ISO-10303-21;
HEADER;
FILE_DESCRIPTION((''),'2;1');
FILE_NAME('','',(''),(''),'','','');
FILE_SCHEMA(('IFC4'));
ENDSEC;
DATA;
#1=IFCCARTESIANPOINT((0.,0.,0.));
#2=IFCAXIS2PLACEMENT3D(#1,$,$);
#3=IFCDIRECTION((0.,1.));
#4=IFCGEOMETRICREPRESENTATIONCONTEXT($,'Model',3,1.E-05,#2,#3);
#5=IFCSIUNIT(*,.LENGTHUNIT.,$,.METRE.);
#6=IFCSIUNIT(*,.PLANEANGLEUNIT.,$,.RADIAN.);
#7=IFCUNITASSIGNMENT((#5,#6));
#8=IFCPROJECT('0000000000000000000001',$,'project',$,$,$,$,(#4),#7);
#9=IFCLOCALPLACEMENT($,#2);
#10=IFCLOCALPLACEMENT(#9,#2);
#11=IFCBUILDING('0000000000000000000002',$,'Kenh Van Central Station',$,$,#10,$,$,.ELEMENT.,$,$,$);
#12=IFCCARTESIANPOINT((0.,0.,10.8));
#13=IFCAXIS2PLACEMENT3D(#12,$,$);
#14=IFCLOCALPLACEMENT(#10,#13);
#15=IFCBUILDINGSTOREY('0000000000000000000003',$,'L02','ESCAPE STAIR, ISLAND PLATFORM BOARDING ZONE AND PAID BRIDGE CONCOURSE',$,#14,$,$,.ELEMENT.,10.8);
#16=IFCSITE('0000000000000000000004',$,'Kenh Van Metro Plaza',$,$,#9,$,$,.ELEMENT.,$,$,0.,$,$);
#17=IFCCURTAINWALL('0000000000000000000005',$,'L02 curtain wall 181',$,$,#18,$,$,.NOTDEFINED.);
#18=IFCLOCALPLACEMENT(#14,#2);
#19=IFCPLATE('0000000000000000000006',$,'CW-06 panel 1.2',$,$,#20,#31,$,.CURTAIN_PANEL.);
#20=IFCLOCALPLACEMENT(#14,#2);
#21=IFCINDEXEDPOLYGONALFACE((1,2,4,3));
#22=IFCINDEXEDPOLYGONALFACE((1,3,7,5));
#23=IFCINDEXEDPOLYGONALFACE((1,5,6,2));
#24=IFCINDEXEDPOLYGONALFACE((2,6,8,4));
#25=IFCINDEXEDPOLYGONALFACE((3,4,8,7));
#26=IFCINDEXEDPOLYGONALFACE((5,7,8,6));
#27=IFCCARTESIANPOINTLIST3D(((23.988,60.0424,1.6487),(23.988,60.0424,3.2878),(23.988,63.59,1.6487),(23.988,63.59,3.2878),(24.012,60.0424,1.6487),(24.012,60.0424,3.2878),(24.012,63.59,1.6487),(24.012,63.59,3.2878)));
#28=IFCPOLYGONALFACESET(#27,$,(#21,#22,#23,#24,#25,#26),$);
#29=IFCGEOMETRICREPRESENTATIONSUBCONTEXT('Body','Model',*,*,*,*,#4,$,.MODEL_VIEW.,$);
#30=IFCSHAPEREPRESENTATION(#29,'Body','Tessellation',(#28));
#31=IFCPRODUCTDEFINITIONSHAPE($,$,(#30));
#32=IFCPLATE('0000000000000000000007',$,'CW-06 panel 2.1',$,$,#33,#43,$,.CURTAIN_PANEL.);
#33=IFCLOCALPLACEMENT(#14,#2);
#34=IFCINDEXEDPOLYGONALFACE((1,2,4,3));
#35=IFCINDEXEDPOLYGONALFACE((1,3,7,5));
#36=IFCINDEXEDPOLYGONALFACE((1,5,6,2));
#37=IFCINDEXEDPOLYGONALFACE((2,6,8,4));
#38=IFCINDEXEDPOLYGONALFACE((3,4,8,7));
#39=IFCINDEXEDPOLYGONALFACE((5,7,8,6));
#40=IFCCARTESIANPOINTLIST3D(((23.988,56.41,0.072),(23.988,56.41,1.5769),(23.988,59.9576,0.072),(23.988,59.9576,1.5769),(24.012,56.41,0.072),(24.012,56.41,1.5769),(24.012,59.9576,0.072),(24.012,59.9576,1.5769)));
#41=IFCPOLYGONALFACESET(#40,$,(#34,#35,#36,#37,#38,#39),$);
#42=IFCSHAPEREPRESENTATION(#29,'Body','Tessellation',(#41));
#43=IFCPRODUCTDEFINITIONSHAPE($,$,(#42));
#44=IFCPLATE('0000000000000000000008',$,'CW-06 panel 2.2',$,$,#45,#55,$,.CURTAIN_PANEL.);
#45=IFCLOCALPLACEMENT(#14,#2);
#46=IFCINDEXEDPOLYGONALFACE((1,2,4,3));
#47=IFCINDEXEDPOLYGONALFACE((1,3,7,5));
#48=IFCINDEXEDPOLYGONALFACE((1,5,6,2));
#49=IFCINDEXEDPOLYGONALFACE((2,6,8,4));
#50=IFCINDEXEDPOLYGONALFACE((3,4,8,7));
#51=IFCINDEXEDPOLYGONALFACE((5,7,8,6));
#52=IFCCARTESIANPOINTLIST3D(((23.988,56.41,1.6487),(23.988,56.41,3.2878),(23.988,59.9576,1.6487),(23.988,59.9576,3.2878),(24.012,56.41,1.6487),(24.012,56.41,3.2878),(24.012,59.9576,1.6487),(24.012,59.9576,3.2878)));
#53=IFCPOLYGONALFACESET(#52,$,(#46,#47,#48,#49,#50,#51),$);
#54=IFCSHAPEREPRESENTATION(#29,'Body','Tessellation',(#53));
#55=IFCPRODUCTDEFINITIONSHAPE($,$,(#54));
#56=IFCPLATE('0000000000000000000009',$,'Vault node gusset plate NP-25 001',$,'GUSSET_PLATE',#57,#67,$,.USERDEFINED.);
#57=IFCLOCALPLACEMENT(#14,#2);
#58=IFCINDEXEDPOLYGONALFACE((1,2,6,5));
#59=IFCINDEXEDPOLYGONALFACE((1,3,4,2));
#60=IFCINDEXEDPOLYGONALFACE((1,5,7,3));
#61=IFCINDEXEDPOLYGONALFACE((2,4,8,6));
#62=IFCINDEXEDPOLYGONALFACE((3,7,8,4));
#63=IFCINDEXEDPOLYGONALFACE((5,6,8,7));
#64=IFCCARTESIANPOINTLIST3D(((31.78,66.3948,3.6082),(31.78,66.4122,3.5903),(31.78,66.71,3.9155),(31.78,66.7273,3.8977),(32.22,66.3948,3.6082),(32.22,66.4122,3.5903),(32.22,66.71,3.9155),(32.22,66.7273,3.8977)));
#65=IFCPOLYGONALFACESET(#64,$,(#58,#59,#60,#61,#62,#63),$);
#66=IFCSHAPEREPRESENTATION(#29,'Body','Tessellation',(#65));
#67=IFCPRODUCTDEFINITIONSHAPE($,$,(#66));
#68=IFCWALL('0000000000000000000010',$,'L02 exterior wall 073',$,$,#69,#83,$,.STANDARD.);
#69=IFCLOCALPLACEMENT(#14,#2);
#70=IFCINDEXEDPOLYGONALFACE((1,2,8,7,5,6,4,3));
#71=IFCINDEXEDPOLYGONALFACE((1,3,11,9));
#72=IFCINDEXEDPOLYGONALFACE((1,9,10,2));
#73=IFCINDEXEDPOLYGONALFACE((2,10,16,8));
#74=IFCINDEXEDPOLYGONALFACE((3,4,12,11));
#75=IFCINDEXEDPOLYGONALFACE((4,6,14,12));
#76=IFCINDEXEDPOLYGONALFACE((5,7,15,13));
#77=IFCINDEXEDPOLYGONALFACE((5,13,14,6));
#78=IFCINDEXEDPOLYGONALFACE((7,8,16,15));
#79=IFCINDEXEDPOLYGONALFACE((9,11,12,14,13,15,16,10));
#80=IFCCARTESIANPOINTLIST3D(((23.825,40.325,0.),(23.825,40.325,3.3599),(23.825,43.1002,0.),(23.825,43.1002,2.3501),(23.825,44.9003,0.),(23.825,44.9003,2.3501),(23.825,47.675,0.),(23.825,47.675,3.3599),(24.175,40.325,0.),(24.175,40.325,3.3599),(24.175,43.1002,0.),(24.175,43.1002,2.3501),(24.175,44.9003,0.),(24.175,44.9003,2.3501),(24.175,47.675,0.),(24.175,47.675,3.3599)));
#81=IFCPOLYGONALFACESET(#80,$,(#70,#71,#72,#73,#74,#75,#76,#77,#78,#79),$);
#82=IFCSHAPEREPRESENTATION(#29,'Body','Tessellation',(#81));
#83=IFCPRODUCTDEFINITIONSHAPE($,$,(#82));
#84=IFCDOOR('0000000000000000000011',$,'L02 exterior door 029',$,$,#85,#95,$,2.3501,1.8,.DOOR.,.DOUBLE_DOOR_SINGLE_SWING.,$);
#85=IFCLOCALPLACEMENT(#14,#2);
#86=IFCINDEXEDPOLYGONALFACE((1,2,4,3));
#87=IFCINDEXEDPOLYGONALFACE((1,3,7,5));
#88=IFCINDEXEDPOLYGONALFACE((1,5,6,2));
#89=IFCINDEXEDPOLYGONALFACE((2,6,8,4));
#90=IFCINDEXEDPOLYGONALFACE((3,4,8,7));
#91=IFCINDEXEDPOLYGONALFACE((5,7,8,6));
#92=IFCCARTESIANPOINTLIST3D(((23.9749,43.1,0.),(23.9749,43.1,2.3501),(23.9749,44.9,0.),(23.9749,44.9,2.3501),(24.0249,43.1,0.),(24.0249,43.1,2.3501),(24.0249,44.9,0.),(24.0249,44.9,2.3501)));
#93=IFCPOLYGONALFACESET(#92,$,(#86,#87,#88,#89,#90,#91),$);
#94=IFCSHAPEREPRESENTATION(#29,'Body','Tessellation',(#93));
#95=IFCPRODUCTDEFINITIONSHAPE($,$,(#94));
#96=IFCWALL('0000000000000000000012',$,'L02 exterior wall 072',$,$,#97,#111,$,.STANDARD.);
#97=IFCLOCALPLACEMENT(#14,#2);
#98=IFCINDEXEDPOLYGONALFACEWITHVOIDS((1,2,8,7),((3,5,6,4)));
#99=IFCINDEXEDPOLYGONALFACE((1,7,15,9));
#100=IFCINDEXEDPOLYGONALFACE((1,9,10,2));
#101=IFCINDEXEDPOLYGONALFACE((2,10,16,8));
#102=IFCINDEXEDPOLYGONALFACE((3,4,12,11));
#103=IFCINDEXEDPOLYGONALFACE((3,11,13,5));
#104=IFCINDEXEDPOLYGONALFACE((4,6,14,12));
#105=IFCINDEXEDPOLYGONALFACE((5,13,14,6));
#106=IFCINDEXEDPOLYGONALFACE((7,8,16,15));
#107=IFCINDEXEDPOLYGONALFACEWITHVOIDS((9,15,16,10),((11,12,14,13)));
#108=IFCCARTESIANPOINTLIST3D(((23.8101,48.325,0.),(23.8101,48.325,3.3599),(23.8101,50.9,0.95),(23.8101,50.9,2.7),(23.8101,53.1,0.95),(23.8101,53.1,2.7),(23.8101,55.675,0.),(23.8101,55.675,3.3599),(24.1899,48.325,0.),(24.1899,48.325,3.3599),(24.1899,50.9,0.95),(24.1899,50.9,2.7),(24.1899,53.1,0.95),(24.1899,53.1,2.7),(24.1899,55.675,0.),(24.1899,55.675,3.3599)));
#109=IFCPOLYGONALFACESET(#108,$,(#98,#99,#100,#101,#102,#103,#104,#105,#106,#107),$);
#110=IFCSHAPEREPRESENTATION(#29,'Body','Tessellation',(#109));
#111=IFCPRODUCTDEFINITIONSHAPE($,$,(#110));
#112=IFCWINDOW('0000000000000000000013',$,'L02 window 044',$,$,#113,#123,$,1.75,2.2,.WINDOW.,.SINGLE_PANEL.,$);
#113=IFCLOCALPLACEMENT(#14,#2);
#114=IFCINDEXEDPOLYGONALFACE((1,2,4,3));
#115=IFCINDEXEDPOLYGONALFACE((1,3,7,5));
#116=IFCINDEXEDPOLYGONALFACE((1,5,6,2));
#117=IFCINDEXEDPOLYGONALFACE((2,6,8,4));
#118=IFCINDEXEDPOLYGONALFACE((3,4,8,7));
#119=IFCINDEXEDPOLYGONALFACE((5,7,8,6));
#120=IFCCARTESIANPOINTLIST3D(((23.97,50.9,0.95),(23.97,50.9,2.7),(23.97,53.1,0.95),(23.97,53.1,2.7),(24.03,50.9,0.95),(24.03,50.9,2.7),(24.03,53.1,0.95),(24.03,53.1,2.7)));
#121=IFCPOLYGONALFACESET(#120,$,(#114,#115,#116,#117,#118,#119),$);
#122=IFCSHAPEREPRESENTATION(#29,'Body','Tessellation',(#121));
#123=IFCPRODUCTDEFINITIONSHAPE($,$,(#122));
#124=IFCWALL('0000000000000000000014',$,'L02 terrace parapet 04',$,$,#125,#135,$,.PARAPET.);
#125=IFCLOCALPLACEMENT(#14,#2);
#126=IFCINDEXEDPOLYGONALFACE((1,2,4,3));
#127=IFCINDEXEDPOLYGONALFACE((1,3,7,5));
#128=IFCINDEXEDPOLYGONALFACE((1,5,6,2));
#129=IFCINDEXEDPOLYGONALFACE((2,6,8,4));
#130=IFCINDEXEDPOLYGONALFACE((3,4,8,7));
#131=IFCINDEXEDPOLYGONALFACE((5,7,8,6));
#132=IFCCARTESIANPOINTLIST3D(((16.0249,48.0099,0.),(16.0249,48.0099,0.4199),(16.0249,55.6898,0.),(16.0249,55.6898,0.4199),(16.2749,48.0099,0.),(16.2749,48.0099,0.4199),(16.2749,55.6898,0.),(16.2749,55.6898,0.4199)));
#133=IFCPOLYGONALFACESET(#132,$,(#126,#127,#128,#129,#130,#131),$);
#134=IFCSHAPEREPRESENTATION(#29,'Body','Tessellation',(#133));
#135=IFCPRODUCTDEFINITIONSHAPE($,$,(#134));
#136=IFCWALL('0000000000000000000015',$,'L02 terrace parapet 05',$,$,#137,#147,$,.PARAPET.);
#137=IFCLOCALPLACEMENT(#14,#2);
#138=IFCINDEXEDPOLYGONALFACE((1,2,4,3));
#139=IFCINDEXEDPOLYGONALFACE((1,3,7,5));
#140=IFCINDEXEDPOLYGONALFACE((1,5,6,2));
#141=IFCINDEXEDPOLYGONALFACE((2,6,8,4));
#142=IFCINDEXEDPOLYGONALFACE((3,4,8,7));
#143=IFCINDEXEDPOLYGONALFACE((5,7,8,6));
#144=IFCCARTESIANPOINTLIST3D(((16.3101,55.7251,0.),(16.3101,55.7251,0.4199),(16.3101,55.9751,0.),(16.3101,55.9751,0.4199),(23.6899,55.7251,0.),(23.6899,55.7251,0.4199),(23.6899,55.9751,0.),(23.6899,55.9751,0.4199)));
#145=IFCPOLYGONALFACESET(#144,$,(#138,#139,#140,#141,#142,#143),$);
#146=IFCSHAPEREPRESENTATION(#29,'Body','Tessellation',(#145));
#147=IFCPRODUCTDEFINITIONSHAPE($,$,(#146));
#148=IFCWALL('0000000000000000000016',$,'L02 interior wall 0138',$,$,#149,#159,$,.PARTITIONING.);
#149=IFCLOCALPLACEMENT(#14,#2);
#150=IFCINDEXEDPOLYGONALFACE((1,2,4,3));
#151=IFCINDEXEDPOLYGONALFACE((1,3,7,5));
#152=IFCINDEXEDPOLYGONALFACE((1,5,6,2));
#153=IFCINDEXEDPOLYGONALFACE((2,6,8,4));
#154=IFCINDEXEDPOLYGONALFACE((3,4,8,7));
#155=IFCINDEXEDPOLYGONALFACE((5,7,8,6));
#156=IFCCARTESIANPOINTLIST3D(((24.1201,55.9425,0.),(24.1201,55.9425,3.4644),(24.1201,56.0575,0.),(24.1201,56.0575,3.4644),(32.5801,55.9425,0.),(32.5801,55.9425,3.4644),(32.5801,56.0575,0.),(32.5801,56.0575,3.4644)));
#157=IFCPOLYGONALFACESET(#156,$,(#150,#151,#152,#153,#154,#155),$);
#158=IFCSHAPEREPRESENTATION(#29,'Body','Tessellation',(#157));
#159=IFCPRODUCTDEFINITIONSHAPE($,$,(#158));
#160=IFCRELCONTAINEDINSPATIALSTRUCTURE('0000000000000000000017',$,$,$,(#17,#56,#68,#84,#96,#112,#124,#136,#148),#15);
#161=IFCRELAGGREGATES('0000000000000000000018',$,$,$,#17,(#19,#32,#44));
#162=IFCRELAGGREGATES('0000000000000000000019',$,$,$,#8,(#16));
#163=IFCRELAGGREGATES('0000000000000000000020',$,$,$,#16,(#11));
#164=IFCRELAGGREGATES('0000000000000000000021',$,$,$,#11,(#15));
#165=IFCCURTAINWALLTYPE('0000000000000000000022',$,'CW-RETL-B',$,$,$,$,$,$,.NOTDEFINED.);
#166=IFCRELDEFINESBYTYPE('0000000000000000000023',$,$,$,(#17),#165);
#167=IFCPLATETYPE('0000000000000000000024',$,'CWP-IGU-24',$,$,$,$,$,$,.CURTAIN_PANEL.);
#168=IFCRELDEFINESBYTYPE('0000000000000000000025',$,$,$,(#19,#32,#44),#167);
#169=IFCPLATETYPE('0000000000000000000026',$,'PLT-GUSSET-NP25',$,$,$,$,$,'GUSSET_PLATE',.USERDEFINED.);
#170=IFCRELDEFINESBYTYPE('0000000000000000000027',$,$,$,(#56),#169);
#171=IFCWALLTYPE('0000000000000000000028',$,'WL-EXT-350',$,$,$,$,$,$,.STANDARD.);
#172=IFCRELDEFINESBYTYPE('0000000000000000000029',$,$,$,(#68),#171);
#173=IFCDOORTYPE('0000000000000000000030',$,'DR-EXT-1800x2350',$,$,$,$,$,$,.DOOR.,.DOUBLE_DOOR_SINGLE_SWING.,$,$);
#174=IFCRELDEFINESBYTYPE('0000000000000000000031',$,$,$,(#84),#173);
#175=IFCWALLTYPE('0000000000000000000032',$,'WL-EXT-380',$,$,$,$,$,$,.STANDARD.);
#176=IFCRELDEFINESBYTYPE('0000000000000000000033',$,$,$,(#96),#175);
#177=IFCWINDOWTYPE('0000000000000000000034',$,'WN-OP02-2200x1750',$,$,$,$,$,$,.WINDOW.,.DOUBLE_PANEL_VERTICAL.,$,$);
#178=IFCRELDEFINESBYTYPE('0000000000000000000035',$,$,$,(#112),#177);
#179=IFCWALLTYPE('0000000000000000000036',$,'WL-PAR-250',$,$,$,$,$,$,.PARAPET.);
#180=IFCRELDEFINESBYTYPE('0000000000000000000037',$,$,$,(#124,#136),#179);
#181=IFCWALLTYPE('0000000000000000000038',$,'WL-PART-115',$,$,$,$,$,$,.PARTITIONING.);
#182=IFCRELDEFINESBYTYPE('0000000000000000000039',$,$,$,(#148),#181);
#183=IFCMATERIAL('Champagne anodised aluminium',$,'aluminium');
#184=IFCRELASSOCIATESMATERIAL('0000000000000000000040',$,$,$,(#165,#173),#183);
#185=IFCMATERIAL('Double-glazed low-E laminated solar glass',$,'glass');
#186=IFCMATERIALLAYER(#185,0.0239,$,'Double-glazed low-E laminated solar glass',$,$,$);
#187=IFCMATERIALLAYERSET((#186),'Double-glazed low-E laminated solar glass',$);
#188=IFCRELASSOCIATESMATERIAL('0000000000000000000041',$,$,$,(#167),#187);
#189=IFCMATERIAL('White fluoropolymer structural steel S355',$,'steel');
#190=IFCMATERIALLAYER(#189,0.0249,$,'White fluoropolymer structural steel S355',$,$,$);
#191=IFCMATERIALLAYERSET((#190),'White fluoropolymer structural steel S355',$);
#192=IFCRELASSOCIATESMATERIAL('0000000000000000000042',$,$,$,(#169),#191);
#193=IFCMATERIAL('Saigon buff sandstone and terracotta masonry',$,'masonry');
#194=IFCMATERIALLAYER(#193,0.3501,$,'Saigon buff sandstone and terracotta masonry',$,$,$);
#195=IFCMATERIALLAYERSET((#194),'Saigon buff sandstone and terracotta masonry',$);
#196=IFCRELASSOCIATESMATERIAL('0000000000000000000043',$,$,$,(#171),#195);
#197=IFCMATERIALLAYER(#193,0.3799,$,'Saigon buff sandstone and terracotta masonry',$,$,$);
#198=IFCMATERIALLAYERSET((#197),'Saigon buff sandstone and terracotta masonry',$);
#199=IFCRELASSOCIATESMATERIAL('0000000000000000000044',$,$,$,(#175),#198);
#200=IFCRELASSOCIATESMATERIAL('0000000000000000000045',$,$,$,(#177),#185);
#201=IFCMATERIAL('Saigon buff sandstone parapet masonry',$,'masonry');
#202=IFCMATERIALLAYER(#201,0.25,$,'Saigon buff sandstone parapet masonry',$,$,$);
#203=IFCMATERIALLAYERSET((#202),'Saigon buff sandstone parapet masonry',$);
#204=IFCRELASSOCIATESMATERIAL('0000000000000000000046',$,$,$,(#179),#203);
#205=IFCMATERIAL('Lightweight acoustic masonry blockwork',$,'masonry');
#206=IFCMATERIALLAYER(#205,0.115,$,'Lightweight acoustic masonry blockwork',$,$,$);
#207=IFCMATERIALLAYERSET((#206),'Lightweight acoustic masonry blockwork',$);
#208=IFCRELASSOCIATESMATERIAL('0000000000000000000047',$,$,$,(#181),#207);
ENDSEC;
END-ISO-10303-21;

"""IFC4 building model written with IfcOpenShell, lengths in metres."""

from ifc_helpers import new_model, si_unit, direction, frame, frame_2d, origin, origin_2d, place, context, subcontext, project, spatial, polyline, rectangle, outline, extrude, material, layer, layer_set, type_object, element, fill, aggregate, save


model = new_model("IFC4")

# Units and contexts
model_context = context("Model", 3, precision=1e-05, world=origin(), true_north=direction((0.0, 1.0)))
body_context = subcontext(model_context, "Body", "Model", "MODEL_VIEW")
ifc_project = project(units=[si_unit("LENGTHUNIT", "METRE"), si_unit("PLANEANGLEUNIT", "RADIAN")], contexts=[model_context])

# Site, building, storey
site_placement = place(None, origin())
site = spatial("IfcSite", under=ifc_project, at=site_placement, Name="Kenh Van Metro Plaza", CompositionType="ELEMENT", RefElevation=0.0)
building_placement = place(site_placement, origin())
building = spatial("IfcBuilding", under=site, at=building_placement, Name="Kenh Van Central Station", CompositionType="ELEMENT")
storey_placement = place(building_placement, frame((0.0, 0.0, 10.8)))
storey = spatial("IfcBuildingStorey", under=building, at=storey_placement, Name="L02", Description="ESCAPE STAIR, ISLAND PLATFORM BOARDING ZONE AND PAID BRIDGE CONCOURSE", CompositionType="ELEMENT", Elevation=10.8)

# Curtain wall
ifc_material_1 = material(Name="Champagne anodised aluminium", Category="aluminium")
curtain_wall_type = type_object("IfcCurtainWallType", Name="CW-RETL-B", PredefinedType="NOTDEFINED", material=ifc_material_1)
curtain_wall_placement = place(storey_placement, origin())
curtain_wall = element("IfcCurtainWall", 1, at=curtain_wall_placement, inside=storey, type_object=curtain_wall_type, Name="L02 curtain wall 181", PredefinedType="NOTDEFINED")

# Plates
ifc_material_2 = material(Name="Double-glazed low-E laminated solar glass", Category="glass")
ifc_layer_1 = layer(ifc_material_2, 0.0239, Name="Double-glazed low-E laminated solar glass")
ifc_layer_set_1 = layer_set([ifc_layer_1], Name="Double-glazed low-E laminated solar glass")
plate_type_1 = type_object("IfcPlateType", Name="CWP-IGU-24", PredefinedType="CURTAIN_PANEL", material=ifc_layer_set_1)
plate_1_placement = place(storey_placement, frame((24.0, 61.8162, 1.6487), z_axis=(0.0, 0.0, 1.0), x_axis=(0.0, -1.0, 0.0)))
plate_1 = element("IfcPlate", 2, at=plate_1_placement, type_object=plate_type_1, Name="CW-06 panel 1.2", PredefinedType="CURTAIN_PANEL", context=body_context, shape_type="SweptSolid", body=[
    extrude(rectangle(XDim=3.5476, YDim=0.0239, at=origin_2d()), origin(), (0.0, 0.0, 1.0), 1.6392),
])
plate_2_placement = place(storey_placement, frame((24.0, 58.1838, 0.072), z_axis=(0.0, 0.0, 1.0), x_axis=(0.0, -1.0, 0.0)))
plate_2 = element("IfcPlate", 3, at=plate_2_placement, type_object=plate_type_1, Name="CW-06 panel 2.1", PredefinedType="CURTAIN_PANEL", context=body_context, shape_type="SweptSolid", body=[
    extrude(rectangle(XDim=3.5476, YDim=0.0239, at=origin_2d()), origin(), (0.0, 0.0, 1.0), 1.5049),
])
plate_3_placement = place(storey_placement, frame((24.0, 58.1838, 1.6487), z_axis=(0.0, 0.0, 1.0), x_axis=(0.0, -1.0, 0.0)))
plate_3 = element("IfcPlate", 4, at=plate_3_placement, type_object=plate_type_1, Name="CW-06 panel 2.2", PredefinedType="CURTAIN_PANEL", context=body_context, shape_type="SweptSolid", body=[
    extrude(rectangle(XDim=3.5476, YDim=0.0239, at=origin_2d()), origin(), (0.0, 0.0, 1.0), 1.6392),
])
aggregate(curtain_wall, [plate_1, plate_2, plate_3])
ifc_material_3 = material(Name="White fluoropolymer structural steel S355", Category="steel")
ifc_layer_2 = layer(ifc_material_3, 0.0249, Name="White fluoropolymer structural steel S355")
ifc_layer_set_2 = layer_set([ifc_layer_2], Name="White fluoropolymer structural steel S355")
plate_type_2 = type_object("IfcPlateType", Name="PLT-GUSSET-NP25", ElementType="GUSSET_PLATE", PredefinedType="USERDEFINED", material=ifc_layer_set_2)
plate_4_placement = place(storey_placement, frame((31.78, 66.3948, 3.6082), z_axis=(0.0, -0.698178, 0.715924), x_axis=(1.0, 0.0, 0.0)))
element("IfcPlate", 5, at=plate_4_placement, inside=storey, type_object=plate_type_2, Name="Vault node gusset plate NP-25 001", ObjectType="GUSSET_PLATE", PredefinedType="USERDEFINED", context=body_context, shape_type="SweptSolid", body=[
    extrude(outline(polyline([(0.0, 0.0), (0.4399, 0.0), (0.4399, 0.4403), (0.0, 0.4403), (0.0, 0.0)])), origin(), (0.0, 0.0, -1.0), 0.0249),
])

# Wall, opening, door
ifc_material_4 = material(Name="Saigon buff sandstone and terracotta masonry", Category="masonry")
ifc_layer_3 = layer(ifc_material_4, 0.3501, Name="Saigon buff sandstone and terracotta masonry")
ifc_layer_set_3 = layer_set([ifc_layer_3], Name="Saigon buff sandstone and terracotta masonry")
wall_type_1 = type_object("IfcWallType", Name="WL-EXT-350", PredefinedType="STANDARD", material=ifc_layer_set_3)
wall_1_placement = place(storey_placement, frame((24.0, 47.675, 0.0), z_axis=(0.0, 0.0, 1.0), x_axis=(0.0, -1.0, 0.0)))
wall_1 = element("IfcWall", 6, at=wall_1_placement, inside=storey, type_object=wall_type_1, Name="L02 exterior wall 073", PredefinedType="STANDARD", context=body_context, shape_type="SweptSolid", body=[
    extrude(rectangle(XDim=7.3501, YDim=0.3501, at=frame_2d((3.675, 0.0))), origin(), (0.0, 0.0, 1.0), 3.3599),
])
opening_1_placement = place(wall_1_placement, frame((2.7749, 0.0, 0.0)))
opening_1 = element("IfcOpeningElement", 7, at=opening_1_placement, cuts=wall_1, PredefinedType="OPENING", context=body_context, shape_type="SweptSolid", body=[
    extrude(rectangle(XDim=1.8, YDim=2.3501, at=frame_2d((0.8999, 1.175))), frame((0.0, 0.1851, 0.0), z_axis=(0.0, -1.0, 0.0), x_axis=(1.0, 0.0, 0.0)), (0.0, 0.0, 1.0), 0.3701),
])
door_type = type_object("IfcDoorType", Name="DR-EXT-1800x2350", OperationType="DOUBLE_DOOR_SINGLE_SWING", PredefinedType="DOOR", material=ifc_material_1)
door_placement = place(opening_1_placement, frame((1.8, 0.0, 0.0), z_axis=(0.0, 0.0, 1.0), x_axis=(-1.0, 0.0, 0.0)))
door = element("IfcDoor", 8, at=door_placement, inside=storey, type_object=door_type, Name="L02 exterior door 029", OperationType="DOUBLE_DOOR_SINGLE_SWING", OverallHeight=2.3501, OverallWidth=1.8, PredefinedType="DOOR", context=body_context, shape_type="SweptSolid", body=[
    extrude(rectangle(XDim=1.8, YDim=2.3501, at=frame_2d((-0.8999, 1.175))), frame((0.0, -0.0249, 0.0), z_axis=(0.0, 1.0, 0.0), x_axis=(-1.0, 0.0, 0.0)), (0.0, 0.0, 1.0), 0.05),
])
fill(opening_1, door)

# Wall, opening, window
ifc_layer_4 = layer(ifc_material_4, 0.3799, Name="Saigon buff sandstone and terracotta masonry")
ifc_layer_set_4 = layer_set([ifc_layer_4], Name="Saigon buff sandstone and terracotta masonry")
wall_type_2 = type_object("IfcWallType", Name="WL-EXT-380", PredefinedType="STANDARD", material=ifc_layer_set_4)
wall_2_placement = place(storey_placement, frame((24.0, 55.675, 0.0), z_axis=(0.0, 0.0, 1.0), x_axis=(0.0, -1.0, 0.0)))
wall_2 = element("IfcWall", 9, at=wall_2_placement, inside=storey, type_object=wall_type_2, Name="L02 exterior wall 072", PredefinedType="STANDARD", context=body_context, shape_type="SweptSolid", body=[
    extrude(rectangle(XDim=7.3501, YDim=0.3799, at=frame_2d((3.675, 0.0))), origin(), (0.0, 0.0, 1.0), 3.3599),
])
opening_2_placement = place(wall_2_placement, frame((2.575, 0.0, 0.95)))
opening_2 = element("IfcOpeningElement", 10, at=opening_2_placement, cuts=wall_2, PredefinedType="OPENING", context=body_context, shape_type="SweptSolid", body=[
    extrude(rectangle(XDim=2.2, YDim=1.75, at=frame_2d((1.1001, 0.875))), frame((0.0, 0.2, 0.0), z_axis=(0.0, -1.0, 0.0), x_axis=(1.0, 0.0, 0.0)), (0.0, 0.0, 1.0), 0.3999),
])
window_type = type_object("IfcWindowType", Name="WN-OP02-2200x1750", PartitioningType="DOUBLE_PANEL_VERTICAL", PredefinedType="WINDOW", material=ifc_material_2)
window_placement = place(opening_2_placement, origin())
window = element("IfcWindow", 11, at=window_placement, inside=storey, type_object=window_type, Name="L02 window 044", OverallHeight=1.75, OverallWidth=2.2, PartitioningType="SINGLE_PANEL", PredefinedType="WINDOW", context=body_context, shape_type="SweptSolid", body=[
    extrude(rectangle(XDim=2.2, YDim=1.75, at=frame_2d((1.1001, 0.875))), frame((0.0, 0.03, 0.0), z_axis=(0.0, -1.0, 0.0), x_axis=(1.0, 0.0, 0.0)), (0.0, 0.0, 1.0), 0.0601),
])
fill(opening_2, window)

# Walls
ifc_material_5 = material(Name="Saigon buff sandstone parapet masonry", Category="masonry")
ifc_layer_5 = layer(ifc_material_5, 0.25, Name="Saigon buff sandstone parapet masonry")
ifc_layer_set_5 = layer_set([ifc_layer_5], Name="Saigon buff sandstone parapet masonry")
wall_type_3 = type_object("IfcWallType", Name="WL-PAR-250", PredefinedType="PARAPET", material=ifc_layer_set_5)
wall_3_placement = place(storey_placement, frame((16.1499, 48.01, 0.0), z_axis=(0.0, 0.0, 1.0), x_axis=(0.0, 1.0, 0.0)))
element("IfcWall", 12, at=wall_3_placement, inside=storey, type_object=wall_type_3, Name="L02 terrace parapet 04", PredefinedType="PARAPET", context=body_context, shape_type="SweptSolid", body=[
    extrude(rectangle(XDim=7.6799, YDim=0.25, at=frame_2d((3.8398, 0.0))), origin(), (0.0, 0.0, 1.0), 0.4199),
])
wall_4_placement = place(storey_placement, frame((16.3101, 55.8501, 0.0), z_axis=(0.0, 0.0, 1.0), x_axis=(1.0, 0.0, 0.0)))
element("IfcWall", 13, at=wall_4_placement, inside=storey, type_object=wall_type_3, Name="L02 terrace parapet 05", PredefinedType="PARAPET", context=body_context, shape_type="SweptSolid", body=[
    extrude(rectangle(XDim=7.3799, YDim=0.25, at=frame_2d((3.6899, 0.0))), origin(), (0.0, 0.0, 1.0), 0.4199),
])
ifc_material_6 = material(Name="Lightweight acoustic masonry blockwork", Category="masonry")
ifc_layer_6 = layer(ifc_material_6, 0.115, Name="Lightweight acoustic masonry blockwork")
ifc_layer_set_6 = layer_set([ifc_layer_6], Name="Lightweight acoustic masonry blockwork")
wall_type_4 = type_object("IfcWallType", Name="WL-PART-115", PredefinedType="PARTITIONING", material=ifc_layer_set_6)
wall_5_placement = place(storey_placement, frame((24.1201, 56.0, 0.0), z_axis=(0.0, 0.0, 1.0), x_axis=(1.0, 0.0, 0.0)))
element("IfcWall", 14, at=wall_5_placement, inside=storey, type_object=wall_type_4, Name="L02 interior wall 0138", PredefinedType="PARTITIONING", context=body_context, shape_type="SweptSolid", body=[
    extrude(rectangle(XDim=8.46, YDim=0.115, at=frame_2d((4.23, 0.0))), origin(), (0.0, 0.0, 1.0), 3.4644),
])

save(model, "model.ifc")
